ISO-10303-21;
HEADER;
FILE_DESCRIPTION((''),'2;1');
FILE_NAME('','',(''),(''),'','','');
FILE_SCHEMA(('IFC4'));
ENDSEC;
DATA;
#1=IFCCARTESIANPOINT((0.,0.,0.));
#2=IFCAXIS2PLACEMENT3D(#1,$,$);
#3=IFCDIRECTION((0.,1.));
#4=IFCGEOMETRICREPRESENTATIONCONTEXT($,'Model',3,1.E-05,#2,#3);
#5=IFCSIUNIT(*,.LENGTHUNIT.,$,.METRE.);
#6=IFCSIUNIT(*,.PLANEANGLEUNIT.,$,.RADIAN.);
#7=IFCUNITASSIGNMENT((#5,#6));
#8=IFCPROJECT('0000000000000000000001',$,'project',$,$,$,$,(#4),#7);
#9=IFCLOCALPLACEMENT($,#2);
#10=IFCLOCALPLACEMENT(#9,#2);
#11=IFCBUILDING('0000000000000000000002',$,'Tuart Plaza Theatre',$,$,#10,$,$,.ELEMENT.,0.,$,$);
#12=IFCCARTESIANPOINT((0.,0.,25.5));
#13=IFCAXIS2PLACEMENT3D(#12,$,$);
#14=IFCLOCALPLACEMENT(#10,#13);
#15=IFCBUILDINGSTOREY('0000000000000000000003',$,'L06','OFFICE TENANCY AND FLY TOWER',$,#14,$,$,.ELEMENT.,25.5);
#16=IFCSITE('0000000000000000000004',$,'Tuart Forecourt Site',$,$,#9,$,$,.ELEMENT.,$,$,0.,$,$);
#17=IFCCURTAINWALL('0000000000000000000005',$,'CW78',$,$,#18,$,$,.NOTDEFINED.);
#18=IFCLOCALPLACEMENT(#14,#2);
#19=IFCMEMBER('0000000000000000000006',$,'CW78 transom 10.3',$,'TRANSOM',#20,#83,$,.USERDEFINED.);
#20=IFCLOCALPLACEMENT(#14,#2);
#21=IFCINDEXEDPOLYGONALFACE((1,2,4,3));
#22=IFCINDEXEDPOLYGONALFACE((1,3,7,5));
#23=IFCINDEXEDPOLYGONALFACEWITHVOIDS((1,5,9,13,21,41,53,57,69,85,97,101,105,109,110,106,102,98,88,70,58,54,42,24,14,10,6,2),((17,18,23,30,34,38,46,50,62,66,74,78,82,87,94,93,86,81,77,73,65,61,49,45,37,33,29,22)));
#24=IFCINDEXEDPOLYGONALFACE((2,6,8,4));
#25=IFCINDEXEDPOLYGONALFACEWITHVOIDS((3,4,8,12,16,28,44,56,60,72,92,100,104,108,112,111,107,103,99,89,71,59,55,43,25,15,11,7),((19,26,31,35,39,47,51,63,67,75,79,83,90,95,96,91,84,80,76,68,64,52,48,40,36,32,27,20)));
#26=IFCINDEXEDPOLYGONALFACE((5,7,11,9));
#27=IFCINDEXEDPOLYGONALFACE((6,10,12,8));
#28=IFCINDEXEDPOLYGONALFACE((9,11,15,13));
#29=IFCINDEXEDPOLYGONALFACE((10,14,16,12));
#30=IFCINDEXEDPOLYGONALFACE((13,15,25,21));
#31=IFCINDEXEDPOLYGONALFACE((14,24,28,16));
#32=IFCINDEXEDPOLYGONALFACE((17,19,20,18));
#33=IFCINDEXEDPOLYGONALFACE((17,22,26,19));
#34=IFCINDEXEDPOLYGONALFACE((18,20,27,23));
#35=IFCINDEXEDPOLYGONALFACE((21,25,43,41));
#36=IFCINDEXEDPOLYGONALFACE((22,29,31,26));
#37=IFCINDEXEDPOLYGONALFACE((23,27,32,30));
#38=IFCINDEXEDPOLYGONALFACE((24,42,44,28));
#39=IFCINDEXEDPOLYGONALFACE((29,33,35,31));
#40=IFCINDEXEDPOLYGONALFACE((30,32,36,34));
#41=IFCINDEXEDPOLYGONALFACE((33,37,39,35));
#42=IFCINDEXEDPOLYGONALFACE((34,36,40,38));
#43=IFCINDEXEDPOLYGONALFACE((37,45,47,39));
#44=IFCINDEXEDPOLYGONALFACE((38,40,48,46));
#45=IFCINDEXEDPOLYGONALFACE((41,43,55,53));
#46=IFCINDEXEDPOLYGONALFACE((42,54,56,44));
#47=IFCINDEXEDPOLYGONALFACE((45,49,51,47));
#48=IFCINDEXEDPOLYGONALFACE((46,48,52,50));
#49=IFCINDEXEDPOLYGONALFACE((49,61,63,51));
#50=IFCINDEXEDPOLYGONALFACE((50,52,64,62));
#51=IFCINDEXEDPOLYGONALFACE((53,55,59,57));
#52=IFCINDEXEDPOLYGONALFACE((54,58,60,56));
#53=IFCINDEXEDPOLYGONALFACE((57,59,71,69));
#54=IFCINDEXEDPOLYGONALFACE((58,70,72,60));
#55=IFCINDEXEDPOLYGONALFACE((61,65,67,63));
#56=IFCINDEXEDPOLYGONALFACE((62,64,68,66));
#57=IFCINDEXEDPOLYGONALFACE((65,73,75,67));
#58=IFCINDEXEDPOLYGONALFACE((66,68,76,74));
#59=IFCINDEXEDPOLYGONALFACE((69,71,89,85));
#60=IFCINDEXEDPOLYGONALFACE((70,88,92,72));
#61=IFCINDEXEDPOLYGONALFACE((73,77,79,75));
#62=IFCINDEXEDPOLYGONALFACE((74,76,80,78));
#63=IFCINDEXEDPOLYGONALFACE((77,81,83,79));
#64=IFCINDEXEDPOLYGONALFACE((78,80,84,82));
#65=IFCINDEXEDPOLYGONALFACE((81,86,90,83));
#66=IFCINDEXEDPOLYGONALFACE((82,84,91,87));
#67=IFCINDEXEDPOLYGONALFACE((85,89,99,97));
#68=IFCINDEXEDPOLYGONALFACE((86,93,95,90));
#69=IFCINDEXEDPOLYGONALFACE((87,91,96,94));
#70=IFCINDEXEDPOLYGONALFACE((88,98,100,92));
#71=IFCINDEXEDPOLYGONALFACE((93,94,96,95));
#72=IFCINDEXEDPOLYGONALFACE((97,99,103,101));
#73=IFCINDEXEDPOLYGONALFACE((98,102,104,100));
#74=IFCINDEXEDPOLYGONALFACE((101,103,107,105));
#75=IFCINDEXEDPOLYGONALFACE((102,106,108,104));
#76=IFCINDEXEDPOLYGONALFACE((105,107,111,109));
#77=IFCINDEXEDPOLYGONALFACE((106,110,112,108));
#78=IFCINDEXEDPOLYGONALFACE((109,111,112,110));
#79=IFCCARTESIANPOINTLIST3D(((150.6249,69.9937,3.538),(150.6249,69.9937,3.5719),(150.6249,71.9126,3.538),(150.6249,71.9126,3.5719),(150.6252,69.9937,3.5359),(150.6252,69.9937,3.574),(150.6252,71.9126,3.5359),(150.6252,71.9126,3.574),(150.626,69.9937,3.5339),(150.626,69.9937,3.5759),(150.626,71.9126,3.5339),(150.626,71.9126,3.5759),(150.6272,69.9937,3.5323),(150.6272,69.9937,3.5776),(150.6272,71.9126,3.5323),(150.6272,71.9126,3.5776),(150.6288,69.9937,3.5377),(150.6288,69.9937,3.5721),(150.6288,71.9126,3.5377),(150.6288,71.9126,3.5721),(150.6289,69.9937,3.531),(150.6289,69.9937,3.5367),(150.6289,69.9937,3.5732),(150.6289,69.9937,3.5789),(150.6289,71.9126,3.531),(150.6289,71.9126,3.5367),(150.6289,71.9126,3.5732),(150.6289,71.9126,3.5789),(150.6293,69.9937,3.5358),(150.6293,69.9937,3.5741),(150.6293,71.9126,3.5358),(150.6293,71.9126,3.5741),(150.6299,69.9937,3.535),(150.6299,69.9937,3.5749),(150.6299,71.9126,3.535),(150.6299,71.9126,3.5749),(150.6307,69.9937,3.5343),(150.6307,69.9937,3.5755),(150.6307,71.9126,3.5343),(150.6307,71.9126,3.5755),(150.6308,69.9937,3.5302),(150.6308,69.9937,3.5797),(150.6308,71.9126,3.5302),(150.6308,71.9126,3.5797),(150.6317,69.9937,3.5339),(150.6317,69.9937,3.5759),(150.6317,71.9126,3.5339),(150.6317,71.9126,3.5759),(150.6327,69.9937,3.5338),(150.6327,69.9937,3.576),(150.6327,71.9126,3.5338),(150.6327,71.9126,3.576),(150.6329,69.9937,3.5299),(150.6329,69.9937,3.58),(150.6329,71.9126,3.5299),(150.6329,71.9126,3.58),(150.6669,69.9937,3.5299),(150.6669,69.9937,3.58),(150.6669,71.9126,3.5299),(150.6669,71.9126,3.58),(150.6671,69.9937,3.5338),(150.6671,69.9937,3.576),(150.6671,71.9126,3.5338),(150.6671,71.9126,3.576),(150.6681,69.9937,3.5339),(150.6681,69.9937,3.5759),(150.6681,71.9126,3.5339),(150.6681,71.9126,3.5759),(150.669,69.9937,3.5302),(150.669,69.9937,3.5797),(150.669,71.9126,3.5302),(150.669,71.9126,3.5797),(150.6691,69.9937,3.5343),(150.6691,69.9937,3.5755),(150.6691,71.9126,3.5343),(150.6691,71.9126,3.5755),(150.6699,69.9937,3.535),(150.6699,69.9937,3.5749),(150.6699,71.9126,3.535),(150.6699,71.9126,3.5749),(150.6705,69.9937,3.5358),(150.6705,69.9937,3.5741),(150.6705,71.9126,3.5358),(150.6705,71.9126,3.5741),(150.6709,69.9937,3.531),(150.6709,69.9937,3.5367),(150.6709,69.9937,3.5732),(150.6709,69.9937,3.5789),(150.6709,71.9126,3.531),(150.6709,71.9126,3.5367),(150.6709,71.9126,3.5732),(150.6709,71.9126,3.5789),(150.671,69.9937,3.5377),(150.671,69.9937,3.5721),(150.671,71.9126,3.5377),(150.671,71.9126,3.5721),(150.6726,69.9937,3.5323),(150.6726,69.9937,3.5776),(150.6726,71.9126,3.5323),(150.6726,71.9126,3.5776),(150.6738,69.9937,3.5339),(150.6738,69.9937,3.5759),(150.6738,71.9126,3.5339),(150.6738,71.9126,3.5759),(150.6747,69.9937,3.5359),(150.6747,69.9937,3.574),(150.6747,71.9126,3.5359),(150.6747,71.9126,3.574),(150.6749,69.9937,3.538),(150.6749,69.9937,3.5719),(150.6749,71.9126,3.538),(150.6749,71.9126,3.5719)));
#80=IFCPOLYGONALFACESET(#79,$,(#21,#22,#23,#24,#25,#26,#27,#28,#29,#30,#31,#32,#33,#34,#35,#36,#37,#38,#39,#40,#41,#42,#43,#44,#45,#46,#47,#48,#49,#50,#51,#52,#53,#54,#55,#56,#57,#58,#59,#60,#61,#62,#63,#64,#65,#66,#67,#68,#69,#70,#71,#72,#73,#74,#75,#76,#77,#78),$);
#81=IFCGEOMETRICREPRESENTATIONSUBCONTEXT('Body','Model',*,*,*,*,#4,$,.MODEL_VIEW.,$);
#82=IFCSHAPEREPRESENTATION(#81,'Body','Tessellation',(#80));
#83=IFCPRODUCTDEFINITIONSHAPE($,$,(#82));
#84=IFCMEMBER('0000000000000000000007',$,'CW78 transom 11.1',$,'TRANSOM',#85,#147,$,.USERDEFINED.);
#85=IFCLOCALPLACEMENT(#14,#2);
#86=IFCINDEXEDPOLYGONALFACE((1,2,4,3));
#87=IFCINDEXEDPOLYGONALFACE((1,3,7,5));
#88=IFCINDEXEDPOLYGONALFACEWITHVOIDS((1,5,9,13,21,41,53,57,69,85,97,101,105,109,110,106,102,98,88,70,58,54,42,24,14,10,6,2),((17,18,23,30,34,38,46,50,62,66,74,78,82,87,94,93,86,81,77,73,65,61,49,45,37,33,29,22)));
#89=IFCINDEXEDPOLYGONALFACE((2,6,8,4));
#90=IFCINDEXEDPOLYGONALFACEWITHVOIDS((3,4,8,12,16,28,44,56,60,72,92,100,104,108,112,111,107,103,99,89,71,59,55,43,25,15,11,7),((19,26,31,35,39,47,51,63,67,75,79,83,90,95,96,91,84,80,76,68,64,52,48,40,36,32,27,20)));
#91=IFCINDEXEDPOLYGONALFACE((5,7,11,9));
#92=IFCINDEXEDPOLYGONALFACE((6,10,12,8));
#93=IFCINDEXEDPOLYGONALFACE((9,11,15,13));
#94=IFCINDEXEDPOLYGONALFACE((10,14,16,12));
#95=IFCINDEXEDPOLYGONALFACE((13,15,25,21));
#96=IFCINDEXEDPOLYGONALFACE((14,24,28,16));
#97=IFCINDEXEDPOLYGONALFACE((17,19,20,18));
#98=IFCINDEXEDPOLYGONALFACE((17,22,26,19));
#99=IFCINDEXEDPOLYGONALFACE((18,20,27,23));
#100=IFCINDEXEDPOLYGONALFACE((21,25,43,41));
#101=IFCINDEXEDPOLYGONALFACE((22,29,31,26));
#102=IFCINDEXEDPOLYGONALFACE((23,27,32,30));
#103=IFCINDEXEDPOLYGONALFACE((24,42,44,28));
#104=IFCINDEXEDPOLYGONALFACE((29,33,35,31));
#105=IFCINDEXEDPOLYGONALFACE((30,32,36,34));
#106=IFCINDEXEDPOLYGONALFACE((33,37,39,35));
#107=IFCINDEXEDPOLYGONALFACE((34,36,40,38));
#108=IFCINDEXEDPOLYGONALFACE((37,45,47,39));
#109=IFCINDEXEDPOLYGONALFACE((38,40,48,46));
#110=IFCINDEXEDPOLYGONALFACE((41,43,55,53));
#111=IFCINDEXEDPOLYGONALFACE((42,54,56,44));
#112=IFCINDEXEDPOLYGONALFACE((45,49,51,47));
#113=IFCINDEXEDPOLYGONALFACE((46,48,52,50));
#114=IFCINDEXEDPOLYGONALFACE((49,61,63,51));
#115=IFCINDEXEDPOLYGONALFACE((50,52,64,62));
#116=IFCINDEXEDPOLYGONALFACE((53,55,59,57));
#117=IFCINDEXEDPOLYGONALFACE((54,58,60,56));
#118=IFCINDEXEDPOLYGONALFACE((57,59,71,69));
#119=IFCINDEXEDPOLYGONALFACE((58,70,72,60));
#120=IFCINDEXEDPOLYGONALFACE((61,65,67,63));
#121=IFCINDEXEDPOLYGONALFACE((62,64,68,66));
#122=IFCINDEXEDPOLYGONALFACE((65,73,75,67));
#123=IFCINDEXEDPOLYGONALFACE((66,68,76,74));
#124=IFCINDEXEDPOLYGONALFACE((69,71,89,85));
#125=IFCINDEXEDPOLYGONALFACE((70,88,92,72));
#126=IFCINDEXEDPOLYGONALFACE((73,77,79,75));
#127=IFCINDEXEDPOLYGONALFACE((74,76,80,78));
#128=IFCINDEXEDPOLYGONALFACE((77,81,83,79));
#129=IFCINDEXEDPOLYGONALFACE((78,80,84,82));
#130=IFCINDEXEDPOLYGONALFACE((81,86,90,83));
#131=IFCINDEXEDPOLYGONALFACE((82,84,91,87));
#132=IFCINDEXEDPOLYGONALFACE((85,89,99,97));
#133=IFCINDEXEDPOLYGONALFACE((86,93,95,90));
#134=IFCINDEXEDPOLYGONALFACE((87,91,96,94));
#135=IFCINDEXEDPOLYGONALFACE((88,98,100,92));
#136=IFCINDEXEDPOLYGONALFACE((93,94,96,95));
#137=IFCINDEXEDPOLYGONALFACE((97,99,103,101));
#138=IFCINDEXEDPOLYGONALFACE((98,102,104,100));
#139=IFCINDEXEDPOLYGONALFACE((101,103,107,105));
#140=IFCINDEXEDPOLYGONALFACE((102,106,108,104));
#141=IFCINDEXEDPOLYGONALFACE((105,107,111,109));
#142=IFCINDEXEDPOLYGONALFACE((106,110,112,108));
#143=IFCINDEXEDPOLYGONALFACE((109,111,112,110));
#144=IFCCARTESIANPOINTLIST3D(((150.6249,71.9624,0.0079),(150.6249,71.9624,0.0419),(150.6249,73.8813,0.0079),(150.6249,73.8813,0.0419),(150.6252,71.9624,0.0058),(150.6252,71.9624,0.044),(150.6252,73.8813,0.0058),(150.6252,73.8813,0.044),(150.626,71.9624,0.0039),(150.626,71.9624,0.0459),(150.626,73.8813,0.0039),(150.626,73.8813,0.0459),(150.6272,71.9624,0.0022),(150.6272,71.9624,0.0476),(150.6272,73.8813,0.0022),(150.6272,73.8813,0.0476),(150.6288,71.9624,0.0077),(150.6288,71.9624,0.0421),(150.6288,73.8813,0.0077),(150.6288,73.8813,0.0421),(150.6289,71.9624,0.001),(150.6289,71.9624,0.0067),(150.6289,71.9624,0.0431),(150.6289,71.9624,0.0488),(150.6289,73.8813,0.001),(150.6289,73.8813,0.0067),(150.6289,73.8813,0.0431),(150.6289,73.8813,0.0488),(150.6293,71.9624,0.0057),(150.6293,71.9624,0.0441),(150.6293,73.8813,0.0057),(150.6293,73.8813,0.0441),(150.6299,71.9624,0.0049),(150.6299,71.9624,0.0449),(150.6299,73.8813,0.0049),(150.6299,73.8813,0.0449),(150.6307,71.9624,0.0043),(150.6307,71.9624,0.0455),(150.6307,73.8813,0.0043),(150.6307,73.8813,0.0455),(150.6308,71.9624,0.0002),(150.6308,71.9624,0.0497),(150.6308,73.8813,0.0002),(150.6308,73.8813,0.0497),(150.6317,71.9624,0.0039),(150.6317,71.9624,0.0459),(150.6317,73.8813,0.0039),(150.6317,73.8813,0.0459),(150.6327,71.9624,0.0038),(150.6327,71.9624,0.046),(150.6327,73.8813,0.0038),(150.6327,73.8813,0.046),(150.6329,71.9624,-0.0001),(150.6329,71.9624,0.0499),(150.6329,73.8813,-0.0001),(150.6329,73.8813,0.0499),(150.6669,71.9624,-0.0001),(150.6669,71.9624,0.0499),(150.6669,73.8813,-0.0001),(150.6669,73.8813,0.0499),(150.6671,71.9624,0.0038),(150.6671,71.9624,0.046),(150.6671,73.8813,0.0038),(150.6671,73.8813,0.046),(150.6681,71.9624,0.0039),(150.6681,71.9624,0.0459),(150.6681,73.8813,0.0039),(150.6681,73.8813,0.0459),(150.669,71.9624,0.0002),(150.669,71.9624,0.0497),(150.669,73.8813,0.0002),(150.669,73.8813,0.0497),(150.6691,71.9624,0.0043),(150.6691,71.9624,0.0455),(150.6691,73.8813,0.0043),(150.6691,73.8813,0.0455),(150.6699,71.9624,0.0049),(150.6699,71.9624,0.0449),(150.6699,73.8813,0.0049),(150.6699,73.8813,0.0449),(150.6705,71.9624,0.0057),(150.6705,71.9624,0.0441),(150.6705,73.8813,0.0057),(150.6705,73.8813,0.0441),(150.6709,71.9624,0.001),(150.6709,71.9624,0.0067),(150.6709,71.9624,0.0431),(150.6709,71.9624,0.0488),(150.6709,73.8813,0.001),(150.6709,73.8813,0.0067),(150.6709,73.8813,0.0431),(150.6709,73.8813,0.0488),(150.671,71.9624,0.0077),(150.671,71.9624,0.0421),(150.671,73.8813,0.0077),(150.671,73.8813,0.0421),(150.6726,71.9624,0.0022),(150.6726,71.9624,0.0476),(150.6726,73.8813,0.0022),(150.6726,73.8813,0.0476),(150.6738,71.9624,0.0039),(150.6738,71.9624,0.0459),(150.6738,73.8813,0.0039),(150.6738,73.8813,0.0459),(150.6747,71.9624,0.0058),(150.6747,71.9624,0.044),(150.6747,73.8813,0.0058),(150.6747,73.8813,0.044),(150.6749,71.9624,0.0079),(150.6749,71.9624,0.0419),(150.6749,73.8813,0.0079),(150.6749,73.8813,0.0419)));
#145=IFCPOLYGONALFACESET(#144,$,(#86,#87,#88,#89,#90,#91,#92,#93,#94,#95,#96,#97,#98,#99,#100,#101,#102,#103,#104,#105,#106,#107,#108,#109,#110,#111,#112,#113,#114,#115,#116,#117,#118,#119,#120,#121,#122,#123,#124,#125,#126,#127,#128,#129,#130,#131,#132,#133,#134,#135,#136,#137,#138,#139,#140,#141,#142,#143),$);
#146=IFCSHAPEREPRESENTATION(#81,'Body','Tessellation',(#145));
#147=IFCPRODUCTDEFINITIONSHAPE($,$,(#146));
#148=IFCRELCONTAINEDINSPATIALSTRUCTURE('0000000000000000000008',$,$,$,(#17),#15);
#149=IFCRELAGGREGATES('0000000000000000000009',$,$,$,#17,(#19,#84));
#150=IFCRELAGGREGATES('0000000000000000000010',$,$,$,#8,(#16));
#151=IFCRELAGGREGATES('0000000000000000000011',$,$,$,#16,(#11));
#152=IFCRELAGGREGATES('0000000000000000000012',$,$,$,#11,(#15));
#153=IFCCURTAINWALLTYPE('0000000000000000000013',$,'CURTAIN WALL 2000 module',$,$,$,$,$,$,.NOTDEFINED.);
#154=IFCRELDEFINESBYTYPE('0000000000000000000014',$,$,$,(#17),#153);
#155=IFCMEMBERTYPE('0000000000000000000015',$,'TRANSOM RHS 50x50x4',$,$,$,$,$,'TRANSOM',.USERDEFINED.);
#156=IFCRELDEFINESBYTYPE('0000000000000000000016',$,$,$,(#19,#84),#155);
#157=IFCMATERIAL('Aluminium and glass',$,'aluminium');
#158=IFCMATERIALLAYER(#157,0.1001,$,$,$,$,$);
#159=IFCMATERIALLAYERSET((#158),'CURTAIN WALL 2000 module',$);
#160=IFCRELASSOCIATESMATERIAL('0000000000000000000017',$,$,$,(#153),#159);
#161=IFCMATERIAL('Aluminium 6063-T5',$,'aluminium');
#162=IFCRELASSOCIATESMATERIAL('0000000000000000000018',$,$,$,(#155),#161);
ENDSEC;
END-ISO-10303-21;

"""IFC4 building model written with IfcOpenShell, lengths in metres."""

from ifc_helpers import new_model, si_unit, direction, frame, origin, origin_2d, place, context, subcontext, project, spatial, hollow_rectangle, extrude, material, layer, layer_set, material_profile, profile_set, type_object, element, aggregate, save


model = new_model("IFC4")

# Units and contexts
model_context = context("Model", 3, precision=1e-05, world=origin(), true_north=direction((0.0, 1.0)))
body_context = subcontext(model_context, "Body", "Model", "MODEL_VIEW")
ifc_project = project(units=[si_unit("LENGTHUNIT", "METRE"), si_unit("PLANEANGLEUNIT", "RADIAN")], contexts=[model_context])

# Site, building, storey
site_placement = place(None, origin())
site = spatial("IfcSite", under=ifc_project, at=site_placement, Name="Tuart Forecourt Site", CompositionType="ELEMENT", RefElevation=0.0)
building_placement = place(site_placement, origin())
building = spatial("IfcBuilding", under=site, at=building_placement, Name="Tuart Plaza Theatre", CompositionType="ELEMENT", ElevationOfRefHeight=0.0)
storey_placement = place(building_placement, frame((0.0, 0.0, 25.5)))
storey = spatial("IfcBuildingStorey", under=building, at=storey_placement, Name="L06", Description="OFFICE TENANCY AND FLY TOWER", CompositionType="ELEMENT", Elevation=25.5)

# Curtain wall, members
ifc_material_1 = material(Name="Aluminium and glass", Category="aluminium")
ifc_layer_1 = layer(ifc_material_1, 0.1001)
ifc_layer_set_1 = layer_set([ifc_layer_1], Name="CURTAIN WALL 2000 module")
curtain_wall_type = type_object("IfcCurtainWallType", Name="CURTAIN WALL 2000 module", PredefinedType="NOTDEFINED", material=ifc_layer_set_1)
curtain_wall_placement = place(storey_placement, origin())
curtain_wall = element("IfcCurtainWall", 1, at=curtain_wall_placement, inside=storey, type_object=curtain_wall_type, Name="CW78", PredefinedType="NOTDEFINED")
ifc_material_2 = material(Name="Aluminium 6063-T5", Category="aluminium")
ifc_material_profile_1 = material_profile(ifc_material_2, hollow_rectangle(XDim=0.05, YDim=0.05, WallThickness=0.0039, InnerFilletRadius=0.0039, OuterFilletRadius=0.0081, at=origin_2d()), Name="RHS 50x50x4")
ifc_profile_set_1 = profile_set([ifc_material_profile_1], Name="Aluminium 6063-T5")
member_type_1 = type_object("IfcMemberType", Name="TRANSOM RHS 50x50x4", ElementType="TRANSOM", PredefinedType="USERDEFINED", material=ifc_profile_set_1)
member_1_placement = place(storey_placement, frame((150.6499, 69.9937, 3.5549), z_axis=(0.0, 1.0, 0.0), x_axis=(-1.0, 0.0, 0.0)))
member_1 = element("IfcMember", 2, at=member_1_placement, type_object=member_type_1, Name="CW78 transom 10.3", ObjectType="TRANSOM", PredefinedType="USERDEFINED", context=body_context, shape_type="SweptSolid", body=[
    extrude(hollow_rectangle(XDim=0.05, YDim=0.05, WallThickness=0.0039, InnerFilletRadius=0.0039, OuterFilletRadius=0.0081, at=origin_2d()), origin(), (0.0, 0.0, 1.0), 1.9189),
])
member_2_placement = place(storey_placement, frame((150.6499, 71.9624, 0.0249), z_axis=(0.0, 1.0, 0.0), x_axis=(-1.0, 0.0, 0.0)))
member_2 = element("IfcMember", 3, at=member_2_placement, type_object=member_type_1, Name="CW78 transom 11.1", ObjectType="TRANSOM", PredefinedType="USERDEFINED", context=body_context, shape_type="SweptSolid", body=[
    extrude(hollow_rectangle(XDim=0.05, YDim=0.05, WallThickness=0.0039, InnerFilletRadius=0.0039, OuterFilletRadius=0.0081, at=origin_2d()), origin(), (0.0, 0.0, 1.0), 1.9189),
])
aggregate(curtain_wall, [member_1, member_2])

save(model, "model.ifc")
